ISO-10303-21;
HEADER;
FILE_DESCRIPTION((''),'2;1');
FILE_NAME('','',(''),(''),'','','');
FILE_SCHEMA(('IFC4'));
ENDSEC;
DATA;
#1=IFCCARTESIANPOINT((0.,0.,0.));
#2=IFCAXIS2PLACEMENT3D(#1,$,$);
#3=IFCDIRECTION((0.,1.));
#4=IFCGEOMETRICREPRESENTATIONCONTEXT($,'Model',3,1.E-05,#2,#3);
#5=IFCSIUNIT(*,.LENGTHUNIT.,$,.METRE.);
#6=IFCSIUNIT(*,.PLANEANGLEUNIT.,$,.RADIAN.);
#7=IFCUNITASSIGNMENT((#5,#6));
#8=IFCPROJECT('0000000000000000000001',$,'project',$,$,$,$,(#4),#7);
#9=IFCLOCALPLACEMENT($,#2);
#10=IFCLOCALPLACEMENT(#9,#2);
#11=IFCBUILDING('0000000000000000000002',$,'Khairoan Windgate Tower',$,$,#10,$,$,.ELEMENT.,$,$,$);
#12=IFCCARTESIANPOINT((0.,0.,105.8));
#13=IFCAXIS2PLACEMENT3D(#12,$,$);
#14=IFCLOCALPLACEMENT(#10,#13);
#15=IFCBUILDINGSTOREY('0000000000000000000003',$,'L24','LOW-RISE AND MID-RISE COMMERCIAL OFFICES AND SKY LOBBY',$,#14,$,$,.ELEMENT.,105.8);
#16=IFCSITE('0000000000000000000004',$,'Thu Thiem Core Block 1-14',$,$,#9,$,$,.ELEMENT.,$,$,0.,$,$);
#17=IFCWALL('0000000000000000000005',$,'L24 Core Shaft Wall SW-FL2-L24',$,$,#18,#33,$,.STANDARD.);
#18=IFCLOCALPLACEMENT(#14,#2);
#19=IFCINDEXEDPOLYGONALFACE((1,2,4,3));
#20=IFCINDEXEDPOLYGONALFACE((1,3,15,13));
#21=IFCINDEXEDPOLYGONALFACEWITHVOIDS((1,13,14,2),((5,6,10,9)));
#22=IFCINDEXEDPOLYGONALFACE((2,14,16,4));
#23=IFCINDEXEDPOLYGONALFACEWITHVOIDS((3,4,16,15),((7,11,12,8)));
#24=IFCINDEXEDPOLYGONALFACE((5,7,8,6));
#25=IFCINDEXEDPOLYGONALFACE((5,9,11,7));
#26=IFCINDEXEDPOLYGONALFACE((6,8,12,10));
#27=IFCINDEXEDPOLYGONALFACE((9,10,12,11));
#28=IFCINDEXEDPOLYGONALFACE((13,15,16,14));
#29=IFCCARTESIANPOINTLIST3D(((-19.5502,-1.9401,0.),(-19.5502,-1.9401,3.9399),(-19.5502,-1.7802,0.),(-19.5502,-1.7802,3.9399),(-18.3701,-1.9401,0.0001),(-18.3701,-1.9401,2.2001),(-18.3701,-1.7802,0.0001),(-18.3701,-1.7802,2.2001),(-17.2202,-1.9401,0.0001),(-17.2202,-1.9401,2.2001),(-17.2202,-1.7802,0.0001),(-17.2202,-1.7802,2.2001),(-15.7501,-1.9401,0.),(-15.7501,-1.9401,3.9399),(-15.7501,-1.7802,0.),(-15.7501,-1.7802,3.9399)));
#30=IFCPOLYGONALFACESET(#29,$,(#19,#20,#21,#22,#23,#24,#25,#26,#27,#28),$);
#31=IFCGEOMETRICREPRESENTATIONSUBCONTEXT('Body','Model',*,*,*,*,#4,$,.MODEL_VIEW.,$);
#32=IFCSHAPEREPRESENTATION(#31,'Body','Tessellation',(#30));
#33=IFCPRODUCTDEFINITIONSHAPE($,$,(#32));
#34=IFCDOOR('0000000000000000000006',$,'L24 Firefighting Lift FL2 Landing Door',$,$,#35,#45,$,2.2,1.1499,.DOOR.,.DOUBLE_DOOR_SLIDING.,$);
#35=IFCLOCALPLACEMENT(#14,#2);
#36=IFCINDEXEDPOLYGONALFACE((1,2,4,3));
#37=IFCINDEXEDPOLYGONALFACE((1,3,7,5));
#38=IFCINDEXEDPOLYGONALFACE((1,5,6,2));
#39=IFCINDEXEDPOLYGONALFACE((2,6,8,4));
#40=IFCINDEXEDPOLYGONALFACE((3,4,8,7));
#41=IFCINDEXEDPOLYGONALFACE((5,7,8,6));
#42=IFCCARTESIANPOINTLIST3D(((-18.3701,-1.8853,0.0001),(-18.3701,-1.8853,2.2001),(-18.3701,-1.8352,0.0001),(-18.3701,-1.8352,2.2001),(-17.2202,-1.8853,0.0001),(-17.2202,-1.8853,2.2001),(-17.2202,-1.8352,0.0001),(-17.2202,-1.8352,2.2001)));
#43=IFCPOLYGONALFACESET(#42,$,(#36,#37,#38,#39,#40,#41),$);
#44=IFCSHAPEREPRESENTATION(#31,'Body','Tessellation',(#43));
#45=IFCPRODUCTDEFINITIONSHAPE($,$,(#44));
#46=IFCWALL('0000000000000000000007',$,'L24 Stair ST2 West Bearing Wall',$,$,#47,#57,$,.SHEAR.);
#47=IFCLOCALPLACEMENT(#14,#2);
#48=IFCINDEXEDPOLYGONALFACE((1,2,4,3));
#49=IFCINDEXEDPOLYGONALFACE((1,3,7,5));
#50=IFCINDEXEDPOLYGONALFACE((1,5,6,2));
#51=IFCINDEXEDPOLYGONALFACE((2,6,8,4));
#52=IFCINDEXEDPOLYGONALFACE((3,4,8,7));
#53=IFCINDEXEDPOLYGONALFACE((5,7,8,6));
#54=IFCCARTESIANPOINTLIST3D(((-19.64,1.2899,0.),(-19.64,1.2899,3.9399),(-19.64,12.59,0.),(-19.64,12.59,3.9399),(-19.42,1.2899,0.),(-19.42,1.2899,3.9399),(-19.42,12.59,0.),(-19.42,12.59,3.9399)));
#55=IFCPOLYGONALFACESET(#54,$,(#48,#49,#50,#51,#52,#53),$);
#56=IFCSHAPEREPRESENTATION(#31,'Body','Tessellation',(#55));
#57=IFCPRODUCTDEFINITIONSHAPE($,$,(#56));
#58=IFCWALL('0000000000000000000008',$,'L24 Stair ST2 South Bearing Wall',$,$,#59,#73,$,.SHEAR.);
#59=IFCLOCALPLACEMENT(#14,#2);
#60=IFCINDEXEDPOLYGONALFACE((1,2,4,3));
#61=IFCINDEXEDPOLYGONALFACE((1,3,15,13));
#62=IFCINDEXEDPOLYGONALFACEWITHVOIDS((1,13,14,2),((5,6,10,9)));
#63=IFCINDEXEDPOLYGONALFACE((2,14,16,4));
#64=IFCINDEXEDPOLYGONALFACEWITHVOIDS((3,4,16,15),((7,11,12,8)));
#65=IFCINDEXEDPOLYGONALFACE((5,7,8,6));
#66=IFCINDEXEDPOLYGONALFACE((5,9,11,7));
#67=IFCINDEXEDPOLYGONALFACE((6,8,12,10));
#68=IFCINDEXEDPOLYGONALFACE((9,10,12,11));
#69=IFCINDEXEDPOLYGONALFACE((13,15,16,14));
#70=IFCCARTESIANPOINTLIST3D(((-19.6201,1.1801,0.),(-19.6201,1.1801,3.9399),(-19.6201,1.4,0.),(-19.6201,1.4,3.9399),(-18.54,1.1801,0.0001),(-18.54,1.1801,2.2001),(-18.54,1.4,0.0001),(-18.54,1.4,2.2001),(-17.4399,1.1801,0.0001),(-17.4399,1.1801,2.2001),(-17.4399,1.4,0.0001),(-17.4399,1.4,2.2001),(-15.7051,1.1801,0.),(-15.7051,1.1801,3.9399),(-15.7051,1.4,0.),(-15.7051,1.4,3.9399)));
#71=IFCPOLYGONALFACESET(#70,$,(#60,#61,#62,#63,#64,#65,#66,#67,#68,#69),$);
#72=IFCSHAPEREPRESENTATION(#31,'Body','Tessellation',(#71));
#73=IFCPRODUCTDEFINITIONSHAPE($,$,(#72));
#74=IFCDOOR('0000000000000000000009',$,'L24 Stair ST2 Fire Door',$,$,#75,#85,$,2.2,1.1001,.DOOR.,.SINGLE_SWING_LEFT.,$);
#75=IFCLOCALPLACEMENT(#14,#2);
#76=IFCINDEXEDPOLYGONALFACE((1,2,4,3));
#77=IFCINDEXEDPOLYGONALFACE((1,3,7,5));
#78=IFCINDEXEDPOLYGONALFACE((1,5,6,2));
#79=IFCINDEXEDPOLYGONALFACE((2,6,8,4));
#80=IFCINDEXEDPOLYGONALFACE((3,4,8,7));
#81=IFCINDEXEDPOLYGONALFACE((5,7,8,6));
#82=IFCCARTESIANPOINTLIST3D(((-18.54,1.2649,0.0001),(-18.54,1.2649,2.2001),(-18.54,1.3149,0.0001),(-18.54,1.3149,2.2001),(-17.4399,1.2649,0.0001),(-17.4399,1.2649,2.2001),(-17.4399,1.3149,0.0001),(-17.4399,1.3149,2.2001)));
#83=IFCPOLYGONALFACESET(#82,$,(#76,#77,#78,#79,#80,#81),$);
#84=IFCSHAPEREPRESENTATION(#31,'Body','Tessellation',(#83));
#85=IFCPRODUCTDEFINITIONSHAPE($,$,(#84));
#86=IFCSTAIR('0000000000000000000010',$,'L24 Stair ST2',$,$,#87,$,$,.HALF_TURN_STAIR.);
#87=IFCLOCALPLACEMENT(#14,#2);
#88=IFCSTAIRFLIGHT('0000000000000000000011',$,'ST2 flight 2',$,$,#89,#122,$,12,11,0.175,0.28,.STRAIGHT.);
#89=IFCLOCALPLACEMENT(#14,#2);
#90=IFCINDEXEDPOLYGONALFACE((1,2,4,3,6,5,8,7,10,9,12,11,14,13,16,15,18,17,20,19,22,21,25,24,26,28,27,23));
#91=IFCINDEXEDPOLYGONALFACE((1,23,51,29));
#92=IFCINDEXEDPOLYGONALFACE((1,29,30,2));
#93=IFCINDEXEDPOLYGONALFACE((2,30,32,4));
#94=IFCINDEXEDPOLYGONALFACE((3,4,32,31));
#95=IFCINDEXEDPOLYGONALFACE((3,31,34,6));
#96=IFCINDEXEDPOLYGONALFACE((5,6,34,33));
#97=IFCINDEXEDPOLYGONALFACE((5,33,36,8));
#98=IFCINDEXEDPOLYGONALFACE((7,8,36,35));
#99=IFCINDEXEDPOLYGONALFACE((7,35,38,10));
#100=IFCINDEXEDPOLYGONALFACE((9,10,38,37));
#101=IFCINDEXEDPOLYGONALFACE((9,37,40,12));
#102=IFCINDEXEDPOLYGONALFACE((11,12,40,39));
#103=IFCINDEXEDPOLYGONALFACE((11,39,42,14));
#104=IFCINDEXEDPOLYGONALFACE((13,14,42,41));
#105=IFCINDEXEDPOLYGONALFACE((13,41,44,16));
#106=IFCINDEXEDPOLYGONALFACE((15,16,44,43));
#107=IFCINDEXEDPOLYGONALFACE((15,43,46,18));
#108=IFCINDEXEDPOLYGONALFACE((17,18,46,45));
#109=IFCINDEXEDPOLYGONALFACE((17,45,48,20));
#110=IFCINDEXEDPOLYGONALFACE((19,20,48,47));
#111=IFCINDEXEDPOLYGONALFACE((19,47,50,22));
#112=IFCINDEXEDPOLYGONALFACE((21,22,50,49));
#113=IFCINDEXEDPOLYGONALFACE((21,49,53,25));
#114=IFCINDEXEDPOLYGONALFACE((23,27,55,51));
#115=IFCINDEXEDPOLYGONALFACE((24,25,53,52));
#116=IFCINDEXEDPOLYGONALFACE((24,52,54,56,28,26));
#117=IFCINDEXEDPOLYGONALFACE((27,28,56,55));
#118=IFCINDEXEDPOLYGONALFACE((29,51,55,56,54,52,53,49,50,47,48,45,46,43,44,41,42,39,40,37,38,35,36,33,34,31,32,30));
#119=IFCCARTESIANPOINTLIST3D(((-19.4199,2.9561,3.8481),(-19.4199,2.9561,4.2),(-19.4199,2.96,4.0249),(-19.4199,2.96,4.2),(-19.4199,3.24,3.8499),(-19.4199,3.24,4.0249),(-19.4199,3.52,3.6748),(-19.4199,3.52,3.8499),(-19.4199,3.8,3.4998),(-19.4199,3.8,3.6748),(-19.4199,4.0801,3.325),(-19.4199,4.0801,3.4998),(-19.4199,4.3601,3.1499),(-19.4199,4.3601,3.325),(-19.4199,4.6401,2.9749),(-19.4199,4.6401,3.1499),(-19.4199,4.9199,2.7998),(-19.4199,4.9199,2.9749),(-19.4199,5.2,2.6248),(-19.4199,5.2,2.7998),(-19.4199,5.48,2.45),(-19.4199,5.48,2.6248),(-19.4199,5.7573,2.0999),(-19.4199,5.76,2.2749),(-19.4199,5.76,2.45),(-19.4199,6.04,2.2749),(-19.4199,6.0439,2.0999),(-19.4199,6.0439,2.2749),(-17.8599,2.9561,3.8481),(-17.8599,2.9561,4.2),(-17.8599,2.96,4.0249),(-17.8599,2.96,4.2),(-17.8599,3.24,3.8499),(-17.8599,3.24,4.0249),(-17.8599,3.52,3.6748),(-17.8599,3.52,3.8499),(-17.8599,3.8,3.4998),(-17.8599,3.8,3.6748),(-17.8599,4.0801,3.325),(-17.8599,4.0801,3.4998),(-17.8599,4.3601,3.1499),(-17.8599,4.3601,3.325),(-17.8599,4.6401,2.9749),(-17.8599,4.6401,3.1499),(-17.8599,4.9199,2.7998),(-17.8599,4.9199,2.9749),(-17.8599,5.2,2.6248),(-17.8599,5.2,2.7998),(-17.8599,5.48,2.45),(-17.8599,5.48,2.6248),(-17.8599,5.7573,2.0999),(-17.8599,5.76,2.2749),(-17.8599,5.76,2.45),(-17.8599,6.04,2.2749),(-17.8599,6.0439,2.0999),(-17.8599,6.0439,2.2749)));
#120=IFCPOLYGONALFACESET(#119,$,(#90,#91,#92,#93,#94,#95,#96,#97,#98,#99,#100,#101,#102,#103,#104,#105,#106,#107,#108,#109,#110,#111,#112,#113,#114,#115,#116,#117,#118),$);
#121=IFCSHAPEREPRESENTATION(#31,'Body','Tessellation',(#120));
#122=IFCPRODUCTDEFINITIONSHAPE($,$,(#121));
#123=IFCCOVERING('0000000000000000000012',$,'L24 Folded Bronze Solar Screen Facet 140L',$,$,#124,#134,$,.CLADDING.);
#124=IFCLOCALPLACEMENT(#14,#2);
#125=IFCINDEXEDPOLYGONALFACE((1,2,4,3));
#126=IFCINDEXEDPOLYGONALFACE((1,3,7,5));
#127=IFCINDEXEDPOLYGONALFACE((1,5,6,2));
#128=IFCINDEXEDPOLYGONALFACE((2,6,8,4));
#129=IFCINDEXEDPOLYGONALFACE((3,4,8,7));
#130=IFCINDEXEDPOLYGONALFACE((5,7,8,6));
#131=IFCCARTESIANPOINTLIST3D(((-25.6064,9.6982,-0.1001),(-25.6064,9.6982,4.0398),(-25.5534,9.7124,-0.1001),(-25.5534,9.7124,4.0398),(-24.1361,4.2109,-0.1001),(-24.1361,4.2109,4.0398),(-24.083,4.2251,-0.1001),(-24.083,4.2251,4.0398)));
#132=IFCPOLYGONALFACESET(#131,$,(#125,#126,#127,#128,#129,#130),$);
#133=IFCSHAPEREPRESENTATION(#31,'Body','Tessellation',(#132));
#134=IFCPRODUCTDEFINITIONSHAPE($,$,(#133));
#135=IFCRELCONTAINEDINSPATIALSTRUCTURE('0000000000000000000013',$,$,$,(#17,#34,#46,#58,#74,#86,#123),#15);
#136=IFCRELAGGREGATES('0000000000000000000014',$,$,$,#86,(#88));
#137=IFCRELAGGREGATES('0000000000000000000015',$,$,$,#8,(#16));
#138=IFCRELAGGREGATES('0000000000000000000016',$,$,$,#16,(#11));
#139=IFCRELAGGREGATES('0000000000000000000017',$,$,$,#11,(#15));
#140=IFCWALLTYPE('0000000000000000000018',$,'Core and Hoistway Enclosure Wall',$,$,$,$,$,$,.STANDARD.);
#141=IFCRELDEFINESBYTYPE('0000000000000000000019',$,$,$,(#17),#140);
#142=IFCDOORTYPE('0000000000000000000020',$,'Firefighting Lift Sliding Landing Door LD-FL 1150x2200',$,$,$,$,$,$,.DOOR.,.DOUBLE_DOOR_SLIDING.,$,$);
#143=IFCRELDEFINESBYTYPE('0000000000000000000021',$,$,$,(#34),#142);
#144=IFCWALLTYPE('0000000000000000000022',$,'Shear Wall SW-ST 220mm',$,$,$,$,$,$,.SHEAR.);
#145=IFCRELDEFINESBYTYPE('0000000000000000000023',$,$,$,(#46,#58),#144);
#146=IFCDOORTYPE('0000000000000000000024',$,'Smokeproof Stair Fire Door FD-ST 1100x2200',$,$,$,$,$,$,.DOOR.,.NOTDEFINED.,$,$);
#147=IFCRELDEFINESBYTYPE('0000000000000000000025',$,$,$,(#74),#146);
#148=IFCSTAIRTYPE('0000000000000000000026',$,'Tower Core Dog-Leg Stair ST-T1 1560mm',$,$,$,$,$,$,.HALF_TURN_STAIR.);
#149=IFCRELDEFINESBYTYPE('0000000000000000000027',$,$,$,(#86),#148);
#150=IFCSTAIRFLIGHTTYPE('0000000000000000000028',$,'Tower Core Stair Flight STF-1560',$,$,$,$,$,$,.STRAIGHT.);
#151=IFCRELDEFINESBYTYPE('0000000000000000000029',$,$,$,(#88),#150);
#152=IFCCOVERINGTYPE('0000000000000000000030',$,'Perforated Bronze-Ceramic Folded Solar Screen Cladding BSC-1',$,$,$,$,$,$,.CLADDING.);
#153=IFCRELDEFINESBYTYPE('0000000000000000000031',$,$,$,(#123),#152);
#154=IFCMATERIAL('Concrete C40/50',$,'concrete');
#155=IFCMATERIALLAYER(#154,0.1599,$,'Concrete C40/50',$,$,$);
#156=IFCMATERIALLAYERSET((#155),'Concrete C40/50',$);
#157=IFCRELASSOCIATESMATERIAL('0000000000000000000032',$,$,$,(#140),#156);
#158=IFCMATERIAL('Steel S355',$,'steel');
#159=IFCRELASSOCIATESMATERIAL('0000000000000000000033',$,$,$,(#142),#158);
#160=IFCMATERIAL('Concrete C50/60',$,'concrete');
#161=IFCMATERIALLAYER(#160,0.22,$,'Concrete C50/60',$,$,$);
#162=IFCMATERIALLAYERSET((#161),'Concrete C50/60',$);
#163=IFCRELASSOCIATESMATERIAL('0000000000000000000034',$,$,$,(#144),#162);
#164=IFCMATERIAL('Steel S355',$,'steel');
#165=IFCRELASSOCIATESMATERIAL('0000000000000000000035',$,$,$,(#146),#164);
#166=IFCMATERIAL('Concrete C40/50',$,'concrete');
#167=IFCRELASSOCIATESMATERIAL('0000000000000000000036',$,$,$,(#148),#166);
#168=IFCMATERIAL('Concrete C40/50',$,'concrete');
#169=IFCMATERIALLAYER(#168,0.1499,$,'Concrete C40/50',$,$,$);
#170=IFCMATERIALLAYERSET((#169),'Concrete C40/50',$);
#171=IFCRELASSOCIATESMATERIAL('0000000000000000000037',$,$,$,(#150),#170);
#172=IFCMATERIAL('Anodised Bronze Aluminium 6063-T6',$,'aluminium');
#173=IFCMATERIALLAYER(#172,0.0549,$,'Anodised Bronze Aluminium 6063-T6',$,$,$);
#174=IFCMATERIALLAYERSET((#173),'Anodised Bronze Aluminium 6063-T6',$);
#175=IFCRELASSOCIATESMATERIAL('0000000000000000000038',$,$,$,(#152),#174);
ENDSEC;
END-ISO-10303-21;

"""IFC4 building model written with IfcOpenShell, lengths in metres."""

from ifc_helpers import new_model, si_unit, direction, frame, frame_2d, origin, origin_2d, place, context, subcontext, project, spatial, polyline, rectangle, outline, extrude, material, layer, layer_set, type_object, element, fill, aggregate, save


model = new_model("IFC4")

# Units and contexts
model_context = context("Model", 3, precision=1e-05, world=origin(), true_north=direction((0.0, 1.0)))
body_context = subcontext(model_context, "Body", "Model", "MODEL_VIEW")
ifc_project = project(units=[si_unit("LENGTHUNIT", "METRE"), si_unit("PLANEANGLEUNIT", "RADIAN")], contexts=[model_context])

# Site, building, storey
site_placement = place(None, origin())
site = spatial("IfcSite", under=ifc_project, at=site_placement, Name="Thu Thiem Core Block 1-14", CompositionType="ELEMENT", RefElevation=0.0)
building_placement = place(site_placement, origin())
building = spatial("IfcBuilding", under=site, at=building_placement, Name="Khairoan Windgate Tower", CompositionType="ELEMENT")
storey_placement = place(building_placement, frame((0.0, 0.0, 105.8)))
storey = spatial("IfcBuildingStorey", under=building, at=storey_placement, Name="L24", Description="LOW-RISE AND MID-RISE COMMERCIAL OFFICES AND SKY LOBBY", CompositionType="ELEMENT", Elevation=105.8)

# Wall, opening, door
ifc_material_1 = material(Name="Concrete C40/50", Category="concrete")
ifc_layer_1 = layer(ifc_material_1, 0.1599, Name="Concrete C40/50")
ifc_layer_set_1 = layer_set([ifc_layer_1], Name="Concrete C40/50")
wall_type_1 = type_object("IfcWallType", Name="Core and Hoistway Enclosure Wall", PredefinedType="STANDARD", material=ifc_layer_set_1)
wall_1_placement = place(storey_placement, frame((-19.55, -1.8601, 0.0), z_axis=(0.0, 0.0, 1.0), x_axis=(1.0, 0.0, 0.0)))
wall_1 = element("IfcWall", 1, at=wall_1_placement, inside=storey, type_object=wall_type_1, Name="L24 Core Shaft Wall SW-FL2-L24", PredefinedType="STANDARD", context=body_context, shape_type="SweptSolid", body=[
    extrude(rectangle(XDim=3.8, YDim=0.1599, at=frame_2d((1.8999, 0.0))), origin(), (0.0, 0.0, 1.0), 3.9399),
])
opening_1_placement = place(wall_1_placement, frame((1.1799, 0.0, 0.0)))
opening_1 = element("IfcOpeningElement", 2, at=opening_1_placement, cuts=wall_1, PredefinedType="OPENING", context=body_context, shape_type="SweptSolid", body=[
    extrude(rectangle(XDim=1.1499, YDim=2.2, at=frame_2d((0.575, 1.1001))), frame((0.0, 0.0898, 0.0), z_axis=(0.0, -1.0, 0.0), x_axis=(1.0, 0.0, 0.0)), (0.0, 0.0, 1.0), 0.1799),
])
ifc_material_2 = material(Name="Steel S355", Category="steel")
door_type_1 = type_object("IfcDoorType", Name="Firefighting Lift Sliding Landing Door LD-FL 1150x2200", OperationType="DOUBLE_DOOR_SLIDING", PredefinedType="DOOR", material=ifc_material_2)
door_1_placement = place(opening_1_placement, origin())
door_1 = element("IfcDoor", 3, at=door_1_placement, inside=storey, type_object=door_type_1, Name="L24 Firefighting Lift FL2 Landing Door", OperationType="DOUBLE_DOOR_SLIDING", OverallHeight=2.2, OverallWidth=1.1499, PredefinedType="DOOR", context=body_context, shape_type="SweptSolid", body=[
    extrude(rectangle(XDim=1.1499, YDim=2.2, at=frame_2d((0.575, 1.1001))), frame((0.0, 0.0249, 0.0), z_axis=(0.0, -1.0, 0.0), x_axis=(1.0, 0.0, 0.0)), (0.0, 0.0, 1.0), 0.05),
])
fill(opening_1, door_1)

# Wall
ifc_material_3 = material(Name="Concrete C50/60", Category="concrete")
ifc_layer_2 = layer(ifc_material_3, 0.22, Name="Concrete C50/60")
ifc_layer_set_2 = layer_set([ifc_layer_2], Name="Concrete C50/60")
wall_type_2 = type_object("IfcWallType", Name="Shear Wall SW-ST 220mm", PredefinedType="SHEAR", material=ifc_layer_set_2)
wall_2_placement = place(storey_placement, frame((-19.53, 1.29, 0.0), z_axis=(0.0, 0.0, 1.0), x_axis=(0.0, 1.0, 0.0)))
element("IfcWall", 4, at=wall_2_placement, inside=storey, type_object=wall_type_2, Name="L24 Stair ST2 West Bearing Wall", PredefinedType="SHEAR", context=body_context, shape_type="SweptSolid", body=[
    extrude(rectangle(XDim=11.3, YDim=0.22, at=frame_2d((5.6499, 0.0))), origin(), (0.0, 0.0, 1.0), 3.9399),
])

# Wall, opening, door
wall_3_placement = place(storey_placement, frame((-19.6201, 1.29, 0.0), z_axis=(0.0, 0.0, 1.0), x_axis=(1.0, 0.0, 0.0)))
wall_3 = element("IfcWall", 5, at=wall_3_placement, inside=storey, type_object=wall_type_2, Name="L24 Stair ST2 South Bearing Wall", PredefinedType="SHEAR", context=body_context, shape_type="SweptSolid", body=[
    extrude(rectangle(XDim=3.915, YDim=0.22, at=frame_2d((1.9575, 0.0))), origin(), (0.0, 0.0, 1.0), 3.9399),
])
opening_2_placement = place(wall_3_placement, frame((1.0801, 0.0, 0.0)))
opening_2 = element("IfcOpeningElement", 6, at=opening_2_placement, cuts=wall_3, PredefinedType="OPENING", context=body_context, shape_type="SweptSolid", body=[
    extrude(rectangle(XDim=1.1001, YDim=2.2, at=frame_2d((0.55, 1.1001))), frame((0.0, 0.1199, 0.0), z_axis=(0.0, -1.0, 0.0), x_axis=(1.0, 0.0, 0.0)), (0.0, 0.0, 1.0), 0.24),
])
ifc_material_4 = material(Name="Steel S355", Category="steel")
door_type_2 = type_object("IfcDoorType", Name="Smokeproof Stair Fire Door FD-ST 1100x2200", OperationType="NOTDEFINED", PredefinedType="DOOR", material=ifc_material_4)
door_2_placement = place(opening_2_placement, origin())
door_2 = element("IfcDoor", 7, at=door_2_placement, inside=storey, type_object=door_type_2, Name="L24 Stair ST2 Fire Door", OperationType="SINGLE_SWING_LEFT", OverallHeight=2.2, OverallWidth=1.1001, PredefinedType="DOOR", context=body_context, shape_type="SweptSolid", body=[
    extrude(rectangle(XDim=1.1001, YDim=2.2, at=frame_2d((0.55, 1.1001))), frame((0.0, 0.0249, 0.0), z_axis=(0.0, -1.0, 0.0), x_axis=(1.0, 0.0, 0.0)), (0.0, 0.0, 1.0), 0.05),
])
fill(opening_2, door_2)

# Stair, stair flight
ifc_material_5 = material(Name="Concrete C40/50", Category="concrete")
stair_type = type_object("IfcStairType", Name="Tower Core Dog-Leg Stair ST-T1 1560mm", PredefinedType="HALF_TURN_STAIR", material=ifc_material_5)
stair_placement = place(storey_placement, origin())
stair = element("IfcStair", 8, at=stair_placement, inside=storey, type_object=stair_type, Name="L24 Stair ST2", PredefinedType="HALF_TURN_STAIR")
ifc_material_6 = material(Name="Concrete C40/50", Category="concrete")
ifc_layer_3 = layer(ifc_material_6, 0.1499, Name="Concrete C40/50")
ifc_layer_set_3 = layer_set([ifc_layer_3], Name="Concrete C40/50")
stair_flight_type = type_object("IfcStairFlightType", Name="Tower Core Stair Flight STF-1560", PredefinedType="STRAIGHT", material=ifc_layer_set_3)
stair_flight_placement = place(storey_placement, frame((-18.6399, 6.04, 2.0999), z_axis=(0.0, 0.0, 1.0), x_axis=(0.0, -1.0, 0.0)))
stair_flight = element("IfcStairFlight", 9, at=stair_flight_placement, type_object=stair_flight_type, Name="ST2 flight 2", NumberOfRisers=12, NumberOfTreads=11, PredefinedType="STRAIGHT", RiserHeight=0.175, TreadLength=0.28, context=body_context, shape_type="SweptSolid", body=[
    extrude(outline(polyline([(-0.0039, 0.0), (-0.0039, 0.175), (0.0, 0.175), (0.28, 0.175), (0.28, 0.3501), (0.5601, 0.3501), (0.5601, 0.5249), (0.8401, 0.5249), (0.8401, 0.7), (1.1201, 0.7), (1.1201, 0.875), (1.3999, 0.875), (1.3999, 1.05), (1.6799, 1.05), (1.6799, 1.2251), (1.96, 1.2251), (1.96, 1.3999), (2.24, 1.3999), (2.24, 1.575), (2.52, 1.575), (2.52, 1.75), (2.8, 1.75), (2.8, 1.925), (3.0801, 1.925), (3.0801, 2.1001), (3.084, 2.1001), (3.084, 1.7483), (0.2827, 0.0), (-0.0039, 0.0)])), frame((0.0, 0.78, 0.0), z_axis=(0.0, -1.0, 0.0), x_axis=(1.0, 0.0, 0.0)), (0.0, 0.0, 1.0), 1.5601),
])
aggregate(stair, [stair_flight])

# Covering
ifc_material_7 = material(Name="Anodised Bronze Aluminium 6063-T6", Category="aluminium")
ifc_layer_4 = layer(ifc_material_7, 0.0549, Name="Anodised Bronze Aluminium 6063-T6")
ifc_layer_set_4 = layer_set([ifc_layer_4], Name="Anodised Bronze Aluminium 6063-T6")
covering_type = type_object("IfcCoveringType", Name="Perforated Bronze-Ceramic Folded Solar Screen Cladding BSC-1", PredefinedType="CLADDING", material=ifc_layer_set_4)
covering_placement = place(storey_placement, frame((-24.8447, 6.9617, -0.1001), z_axis=(0.0, 0.0, 1.0), x_axis=(-0.258819, 0.965926, 0.0)))
element("IfcCovering", 10, at=covering_placement, inside=storey, type_object=covering_type, Name="L24 Folded Bronze Solar Screen Facet 140L", PredefinedType="CLADDING", context=body_context, shape_type="SweptSolid", body=[
    extrude(rectangle(XDim=5.6809, YDim=0.0549, at=origin_2d()), origin(), (0.0, 0.0, 1.0), 4.1399),
])

save(model, "model.ifc")
